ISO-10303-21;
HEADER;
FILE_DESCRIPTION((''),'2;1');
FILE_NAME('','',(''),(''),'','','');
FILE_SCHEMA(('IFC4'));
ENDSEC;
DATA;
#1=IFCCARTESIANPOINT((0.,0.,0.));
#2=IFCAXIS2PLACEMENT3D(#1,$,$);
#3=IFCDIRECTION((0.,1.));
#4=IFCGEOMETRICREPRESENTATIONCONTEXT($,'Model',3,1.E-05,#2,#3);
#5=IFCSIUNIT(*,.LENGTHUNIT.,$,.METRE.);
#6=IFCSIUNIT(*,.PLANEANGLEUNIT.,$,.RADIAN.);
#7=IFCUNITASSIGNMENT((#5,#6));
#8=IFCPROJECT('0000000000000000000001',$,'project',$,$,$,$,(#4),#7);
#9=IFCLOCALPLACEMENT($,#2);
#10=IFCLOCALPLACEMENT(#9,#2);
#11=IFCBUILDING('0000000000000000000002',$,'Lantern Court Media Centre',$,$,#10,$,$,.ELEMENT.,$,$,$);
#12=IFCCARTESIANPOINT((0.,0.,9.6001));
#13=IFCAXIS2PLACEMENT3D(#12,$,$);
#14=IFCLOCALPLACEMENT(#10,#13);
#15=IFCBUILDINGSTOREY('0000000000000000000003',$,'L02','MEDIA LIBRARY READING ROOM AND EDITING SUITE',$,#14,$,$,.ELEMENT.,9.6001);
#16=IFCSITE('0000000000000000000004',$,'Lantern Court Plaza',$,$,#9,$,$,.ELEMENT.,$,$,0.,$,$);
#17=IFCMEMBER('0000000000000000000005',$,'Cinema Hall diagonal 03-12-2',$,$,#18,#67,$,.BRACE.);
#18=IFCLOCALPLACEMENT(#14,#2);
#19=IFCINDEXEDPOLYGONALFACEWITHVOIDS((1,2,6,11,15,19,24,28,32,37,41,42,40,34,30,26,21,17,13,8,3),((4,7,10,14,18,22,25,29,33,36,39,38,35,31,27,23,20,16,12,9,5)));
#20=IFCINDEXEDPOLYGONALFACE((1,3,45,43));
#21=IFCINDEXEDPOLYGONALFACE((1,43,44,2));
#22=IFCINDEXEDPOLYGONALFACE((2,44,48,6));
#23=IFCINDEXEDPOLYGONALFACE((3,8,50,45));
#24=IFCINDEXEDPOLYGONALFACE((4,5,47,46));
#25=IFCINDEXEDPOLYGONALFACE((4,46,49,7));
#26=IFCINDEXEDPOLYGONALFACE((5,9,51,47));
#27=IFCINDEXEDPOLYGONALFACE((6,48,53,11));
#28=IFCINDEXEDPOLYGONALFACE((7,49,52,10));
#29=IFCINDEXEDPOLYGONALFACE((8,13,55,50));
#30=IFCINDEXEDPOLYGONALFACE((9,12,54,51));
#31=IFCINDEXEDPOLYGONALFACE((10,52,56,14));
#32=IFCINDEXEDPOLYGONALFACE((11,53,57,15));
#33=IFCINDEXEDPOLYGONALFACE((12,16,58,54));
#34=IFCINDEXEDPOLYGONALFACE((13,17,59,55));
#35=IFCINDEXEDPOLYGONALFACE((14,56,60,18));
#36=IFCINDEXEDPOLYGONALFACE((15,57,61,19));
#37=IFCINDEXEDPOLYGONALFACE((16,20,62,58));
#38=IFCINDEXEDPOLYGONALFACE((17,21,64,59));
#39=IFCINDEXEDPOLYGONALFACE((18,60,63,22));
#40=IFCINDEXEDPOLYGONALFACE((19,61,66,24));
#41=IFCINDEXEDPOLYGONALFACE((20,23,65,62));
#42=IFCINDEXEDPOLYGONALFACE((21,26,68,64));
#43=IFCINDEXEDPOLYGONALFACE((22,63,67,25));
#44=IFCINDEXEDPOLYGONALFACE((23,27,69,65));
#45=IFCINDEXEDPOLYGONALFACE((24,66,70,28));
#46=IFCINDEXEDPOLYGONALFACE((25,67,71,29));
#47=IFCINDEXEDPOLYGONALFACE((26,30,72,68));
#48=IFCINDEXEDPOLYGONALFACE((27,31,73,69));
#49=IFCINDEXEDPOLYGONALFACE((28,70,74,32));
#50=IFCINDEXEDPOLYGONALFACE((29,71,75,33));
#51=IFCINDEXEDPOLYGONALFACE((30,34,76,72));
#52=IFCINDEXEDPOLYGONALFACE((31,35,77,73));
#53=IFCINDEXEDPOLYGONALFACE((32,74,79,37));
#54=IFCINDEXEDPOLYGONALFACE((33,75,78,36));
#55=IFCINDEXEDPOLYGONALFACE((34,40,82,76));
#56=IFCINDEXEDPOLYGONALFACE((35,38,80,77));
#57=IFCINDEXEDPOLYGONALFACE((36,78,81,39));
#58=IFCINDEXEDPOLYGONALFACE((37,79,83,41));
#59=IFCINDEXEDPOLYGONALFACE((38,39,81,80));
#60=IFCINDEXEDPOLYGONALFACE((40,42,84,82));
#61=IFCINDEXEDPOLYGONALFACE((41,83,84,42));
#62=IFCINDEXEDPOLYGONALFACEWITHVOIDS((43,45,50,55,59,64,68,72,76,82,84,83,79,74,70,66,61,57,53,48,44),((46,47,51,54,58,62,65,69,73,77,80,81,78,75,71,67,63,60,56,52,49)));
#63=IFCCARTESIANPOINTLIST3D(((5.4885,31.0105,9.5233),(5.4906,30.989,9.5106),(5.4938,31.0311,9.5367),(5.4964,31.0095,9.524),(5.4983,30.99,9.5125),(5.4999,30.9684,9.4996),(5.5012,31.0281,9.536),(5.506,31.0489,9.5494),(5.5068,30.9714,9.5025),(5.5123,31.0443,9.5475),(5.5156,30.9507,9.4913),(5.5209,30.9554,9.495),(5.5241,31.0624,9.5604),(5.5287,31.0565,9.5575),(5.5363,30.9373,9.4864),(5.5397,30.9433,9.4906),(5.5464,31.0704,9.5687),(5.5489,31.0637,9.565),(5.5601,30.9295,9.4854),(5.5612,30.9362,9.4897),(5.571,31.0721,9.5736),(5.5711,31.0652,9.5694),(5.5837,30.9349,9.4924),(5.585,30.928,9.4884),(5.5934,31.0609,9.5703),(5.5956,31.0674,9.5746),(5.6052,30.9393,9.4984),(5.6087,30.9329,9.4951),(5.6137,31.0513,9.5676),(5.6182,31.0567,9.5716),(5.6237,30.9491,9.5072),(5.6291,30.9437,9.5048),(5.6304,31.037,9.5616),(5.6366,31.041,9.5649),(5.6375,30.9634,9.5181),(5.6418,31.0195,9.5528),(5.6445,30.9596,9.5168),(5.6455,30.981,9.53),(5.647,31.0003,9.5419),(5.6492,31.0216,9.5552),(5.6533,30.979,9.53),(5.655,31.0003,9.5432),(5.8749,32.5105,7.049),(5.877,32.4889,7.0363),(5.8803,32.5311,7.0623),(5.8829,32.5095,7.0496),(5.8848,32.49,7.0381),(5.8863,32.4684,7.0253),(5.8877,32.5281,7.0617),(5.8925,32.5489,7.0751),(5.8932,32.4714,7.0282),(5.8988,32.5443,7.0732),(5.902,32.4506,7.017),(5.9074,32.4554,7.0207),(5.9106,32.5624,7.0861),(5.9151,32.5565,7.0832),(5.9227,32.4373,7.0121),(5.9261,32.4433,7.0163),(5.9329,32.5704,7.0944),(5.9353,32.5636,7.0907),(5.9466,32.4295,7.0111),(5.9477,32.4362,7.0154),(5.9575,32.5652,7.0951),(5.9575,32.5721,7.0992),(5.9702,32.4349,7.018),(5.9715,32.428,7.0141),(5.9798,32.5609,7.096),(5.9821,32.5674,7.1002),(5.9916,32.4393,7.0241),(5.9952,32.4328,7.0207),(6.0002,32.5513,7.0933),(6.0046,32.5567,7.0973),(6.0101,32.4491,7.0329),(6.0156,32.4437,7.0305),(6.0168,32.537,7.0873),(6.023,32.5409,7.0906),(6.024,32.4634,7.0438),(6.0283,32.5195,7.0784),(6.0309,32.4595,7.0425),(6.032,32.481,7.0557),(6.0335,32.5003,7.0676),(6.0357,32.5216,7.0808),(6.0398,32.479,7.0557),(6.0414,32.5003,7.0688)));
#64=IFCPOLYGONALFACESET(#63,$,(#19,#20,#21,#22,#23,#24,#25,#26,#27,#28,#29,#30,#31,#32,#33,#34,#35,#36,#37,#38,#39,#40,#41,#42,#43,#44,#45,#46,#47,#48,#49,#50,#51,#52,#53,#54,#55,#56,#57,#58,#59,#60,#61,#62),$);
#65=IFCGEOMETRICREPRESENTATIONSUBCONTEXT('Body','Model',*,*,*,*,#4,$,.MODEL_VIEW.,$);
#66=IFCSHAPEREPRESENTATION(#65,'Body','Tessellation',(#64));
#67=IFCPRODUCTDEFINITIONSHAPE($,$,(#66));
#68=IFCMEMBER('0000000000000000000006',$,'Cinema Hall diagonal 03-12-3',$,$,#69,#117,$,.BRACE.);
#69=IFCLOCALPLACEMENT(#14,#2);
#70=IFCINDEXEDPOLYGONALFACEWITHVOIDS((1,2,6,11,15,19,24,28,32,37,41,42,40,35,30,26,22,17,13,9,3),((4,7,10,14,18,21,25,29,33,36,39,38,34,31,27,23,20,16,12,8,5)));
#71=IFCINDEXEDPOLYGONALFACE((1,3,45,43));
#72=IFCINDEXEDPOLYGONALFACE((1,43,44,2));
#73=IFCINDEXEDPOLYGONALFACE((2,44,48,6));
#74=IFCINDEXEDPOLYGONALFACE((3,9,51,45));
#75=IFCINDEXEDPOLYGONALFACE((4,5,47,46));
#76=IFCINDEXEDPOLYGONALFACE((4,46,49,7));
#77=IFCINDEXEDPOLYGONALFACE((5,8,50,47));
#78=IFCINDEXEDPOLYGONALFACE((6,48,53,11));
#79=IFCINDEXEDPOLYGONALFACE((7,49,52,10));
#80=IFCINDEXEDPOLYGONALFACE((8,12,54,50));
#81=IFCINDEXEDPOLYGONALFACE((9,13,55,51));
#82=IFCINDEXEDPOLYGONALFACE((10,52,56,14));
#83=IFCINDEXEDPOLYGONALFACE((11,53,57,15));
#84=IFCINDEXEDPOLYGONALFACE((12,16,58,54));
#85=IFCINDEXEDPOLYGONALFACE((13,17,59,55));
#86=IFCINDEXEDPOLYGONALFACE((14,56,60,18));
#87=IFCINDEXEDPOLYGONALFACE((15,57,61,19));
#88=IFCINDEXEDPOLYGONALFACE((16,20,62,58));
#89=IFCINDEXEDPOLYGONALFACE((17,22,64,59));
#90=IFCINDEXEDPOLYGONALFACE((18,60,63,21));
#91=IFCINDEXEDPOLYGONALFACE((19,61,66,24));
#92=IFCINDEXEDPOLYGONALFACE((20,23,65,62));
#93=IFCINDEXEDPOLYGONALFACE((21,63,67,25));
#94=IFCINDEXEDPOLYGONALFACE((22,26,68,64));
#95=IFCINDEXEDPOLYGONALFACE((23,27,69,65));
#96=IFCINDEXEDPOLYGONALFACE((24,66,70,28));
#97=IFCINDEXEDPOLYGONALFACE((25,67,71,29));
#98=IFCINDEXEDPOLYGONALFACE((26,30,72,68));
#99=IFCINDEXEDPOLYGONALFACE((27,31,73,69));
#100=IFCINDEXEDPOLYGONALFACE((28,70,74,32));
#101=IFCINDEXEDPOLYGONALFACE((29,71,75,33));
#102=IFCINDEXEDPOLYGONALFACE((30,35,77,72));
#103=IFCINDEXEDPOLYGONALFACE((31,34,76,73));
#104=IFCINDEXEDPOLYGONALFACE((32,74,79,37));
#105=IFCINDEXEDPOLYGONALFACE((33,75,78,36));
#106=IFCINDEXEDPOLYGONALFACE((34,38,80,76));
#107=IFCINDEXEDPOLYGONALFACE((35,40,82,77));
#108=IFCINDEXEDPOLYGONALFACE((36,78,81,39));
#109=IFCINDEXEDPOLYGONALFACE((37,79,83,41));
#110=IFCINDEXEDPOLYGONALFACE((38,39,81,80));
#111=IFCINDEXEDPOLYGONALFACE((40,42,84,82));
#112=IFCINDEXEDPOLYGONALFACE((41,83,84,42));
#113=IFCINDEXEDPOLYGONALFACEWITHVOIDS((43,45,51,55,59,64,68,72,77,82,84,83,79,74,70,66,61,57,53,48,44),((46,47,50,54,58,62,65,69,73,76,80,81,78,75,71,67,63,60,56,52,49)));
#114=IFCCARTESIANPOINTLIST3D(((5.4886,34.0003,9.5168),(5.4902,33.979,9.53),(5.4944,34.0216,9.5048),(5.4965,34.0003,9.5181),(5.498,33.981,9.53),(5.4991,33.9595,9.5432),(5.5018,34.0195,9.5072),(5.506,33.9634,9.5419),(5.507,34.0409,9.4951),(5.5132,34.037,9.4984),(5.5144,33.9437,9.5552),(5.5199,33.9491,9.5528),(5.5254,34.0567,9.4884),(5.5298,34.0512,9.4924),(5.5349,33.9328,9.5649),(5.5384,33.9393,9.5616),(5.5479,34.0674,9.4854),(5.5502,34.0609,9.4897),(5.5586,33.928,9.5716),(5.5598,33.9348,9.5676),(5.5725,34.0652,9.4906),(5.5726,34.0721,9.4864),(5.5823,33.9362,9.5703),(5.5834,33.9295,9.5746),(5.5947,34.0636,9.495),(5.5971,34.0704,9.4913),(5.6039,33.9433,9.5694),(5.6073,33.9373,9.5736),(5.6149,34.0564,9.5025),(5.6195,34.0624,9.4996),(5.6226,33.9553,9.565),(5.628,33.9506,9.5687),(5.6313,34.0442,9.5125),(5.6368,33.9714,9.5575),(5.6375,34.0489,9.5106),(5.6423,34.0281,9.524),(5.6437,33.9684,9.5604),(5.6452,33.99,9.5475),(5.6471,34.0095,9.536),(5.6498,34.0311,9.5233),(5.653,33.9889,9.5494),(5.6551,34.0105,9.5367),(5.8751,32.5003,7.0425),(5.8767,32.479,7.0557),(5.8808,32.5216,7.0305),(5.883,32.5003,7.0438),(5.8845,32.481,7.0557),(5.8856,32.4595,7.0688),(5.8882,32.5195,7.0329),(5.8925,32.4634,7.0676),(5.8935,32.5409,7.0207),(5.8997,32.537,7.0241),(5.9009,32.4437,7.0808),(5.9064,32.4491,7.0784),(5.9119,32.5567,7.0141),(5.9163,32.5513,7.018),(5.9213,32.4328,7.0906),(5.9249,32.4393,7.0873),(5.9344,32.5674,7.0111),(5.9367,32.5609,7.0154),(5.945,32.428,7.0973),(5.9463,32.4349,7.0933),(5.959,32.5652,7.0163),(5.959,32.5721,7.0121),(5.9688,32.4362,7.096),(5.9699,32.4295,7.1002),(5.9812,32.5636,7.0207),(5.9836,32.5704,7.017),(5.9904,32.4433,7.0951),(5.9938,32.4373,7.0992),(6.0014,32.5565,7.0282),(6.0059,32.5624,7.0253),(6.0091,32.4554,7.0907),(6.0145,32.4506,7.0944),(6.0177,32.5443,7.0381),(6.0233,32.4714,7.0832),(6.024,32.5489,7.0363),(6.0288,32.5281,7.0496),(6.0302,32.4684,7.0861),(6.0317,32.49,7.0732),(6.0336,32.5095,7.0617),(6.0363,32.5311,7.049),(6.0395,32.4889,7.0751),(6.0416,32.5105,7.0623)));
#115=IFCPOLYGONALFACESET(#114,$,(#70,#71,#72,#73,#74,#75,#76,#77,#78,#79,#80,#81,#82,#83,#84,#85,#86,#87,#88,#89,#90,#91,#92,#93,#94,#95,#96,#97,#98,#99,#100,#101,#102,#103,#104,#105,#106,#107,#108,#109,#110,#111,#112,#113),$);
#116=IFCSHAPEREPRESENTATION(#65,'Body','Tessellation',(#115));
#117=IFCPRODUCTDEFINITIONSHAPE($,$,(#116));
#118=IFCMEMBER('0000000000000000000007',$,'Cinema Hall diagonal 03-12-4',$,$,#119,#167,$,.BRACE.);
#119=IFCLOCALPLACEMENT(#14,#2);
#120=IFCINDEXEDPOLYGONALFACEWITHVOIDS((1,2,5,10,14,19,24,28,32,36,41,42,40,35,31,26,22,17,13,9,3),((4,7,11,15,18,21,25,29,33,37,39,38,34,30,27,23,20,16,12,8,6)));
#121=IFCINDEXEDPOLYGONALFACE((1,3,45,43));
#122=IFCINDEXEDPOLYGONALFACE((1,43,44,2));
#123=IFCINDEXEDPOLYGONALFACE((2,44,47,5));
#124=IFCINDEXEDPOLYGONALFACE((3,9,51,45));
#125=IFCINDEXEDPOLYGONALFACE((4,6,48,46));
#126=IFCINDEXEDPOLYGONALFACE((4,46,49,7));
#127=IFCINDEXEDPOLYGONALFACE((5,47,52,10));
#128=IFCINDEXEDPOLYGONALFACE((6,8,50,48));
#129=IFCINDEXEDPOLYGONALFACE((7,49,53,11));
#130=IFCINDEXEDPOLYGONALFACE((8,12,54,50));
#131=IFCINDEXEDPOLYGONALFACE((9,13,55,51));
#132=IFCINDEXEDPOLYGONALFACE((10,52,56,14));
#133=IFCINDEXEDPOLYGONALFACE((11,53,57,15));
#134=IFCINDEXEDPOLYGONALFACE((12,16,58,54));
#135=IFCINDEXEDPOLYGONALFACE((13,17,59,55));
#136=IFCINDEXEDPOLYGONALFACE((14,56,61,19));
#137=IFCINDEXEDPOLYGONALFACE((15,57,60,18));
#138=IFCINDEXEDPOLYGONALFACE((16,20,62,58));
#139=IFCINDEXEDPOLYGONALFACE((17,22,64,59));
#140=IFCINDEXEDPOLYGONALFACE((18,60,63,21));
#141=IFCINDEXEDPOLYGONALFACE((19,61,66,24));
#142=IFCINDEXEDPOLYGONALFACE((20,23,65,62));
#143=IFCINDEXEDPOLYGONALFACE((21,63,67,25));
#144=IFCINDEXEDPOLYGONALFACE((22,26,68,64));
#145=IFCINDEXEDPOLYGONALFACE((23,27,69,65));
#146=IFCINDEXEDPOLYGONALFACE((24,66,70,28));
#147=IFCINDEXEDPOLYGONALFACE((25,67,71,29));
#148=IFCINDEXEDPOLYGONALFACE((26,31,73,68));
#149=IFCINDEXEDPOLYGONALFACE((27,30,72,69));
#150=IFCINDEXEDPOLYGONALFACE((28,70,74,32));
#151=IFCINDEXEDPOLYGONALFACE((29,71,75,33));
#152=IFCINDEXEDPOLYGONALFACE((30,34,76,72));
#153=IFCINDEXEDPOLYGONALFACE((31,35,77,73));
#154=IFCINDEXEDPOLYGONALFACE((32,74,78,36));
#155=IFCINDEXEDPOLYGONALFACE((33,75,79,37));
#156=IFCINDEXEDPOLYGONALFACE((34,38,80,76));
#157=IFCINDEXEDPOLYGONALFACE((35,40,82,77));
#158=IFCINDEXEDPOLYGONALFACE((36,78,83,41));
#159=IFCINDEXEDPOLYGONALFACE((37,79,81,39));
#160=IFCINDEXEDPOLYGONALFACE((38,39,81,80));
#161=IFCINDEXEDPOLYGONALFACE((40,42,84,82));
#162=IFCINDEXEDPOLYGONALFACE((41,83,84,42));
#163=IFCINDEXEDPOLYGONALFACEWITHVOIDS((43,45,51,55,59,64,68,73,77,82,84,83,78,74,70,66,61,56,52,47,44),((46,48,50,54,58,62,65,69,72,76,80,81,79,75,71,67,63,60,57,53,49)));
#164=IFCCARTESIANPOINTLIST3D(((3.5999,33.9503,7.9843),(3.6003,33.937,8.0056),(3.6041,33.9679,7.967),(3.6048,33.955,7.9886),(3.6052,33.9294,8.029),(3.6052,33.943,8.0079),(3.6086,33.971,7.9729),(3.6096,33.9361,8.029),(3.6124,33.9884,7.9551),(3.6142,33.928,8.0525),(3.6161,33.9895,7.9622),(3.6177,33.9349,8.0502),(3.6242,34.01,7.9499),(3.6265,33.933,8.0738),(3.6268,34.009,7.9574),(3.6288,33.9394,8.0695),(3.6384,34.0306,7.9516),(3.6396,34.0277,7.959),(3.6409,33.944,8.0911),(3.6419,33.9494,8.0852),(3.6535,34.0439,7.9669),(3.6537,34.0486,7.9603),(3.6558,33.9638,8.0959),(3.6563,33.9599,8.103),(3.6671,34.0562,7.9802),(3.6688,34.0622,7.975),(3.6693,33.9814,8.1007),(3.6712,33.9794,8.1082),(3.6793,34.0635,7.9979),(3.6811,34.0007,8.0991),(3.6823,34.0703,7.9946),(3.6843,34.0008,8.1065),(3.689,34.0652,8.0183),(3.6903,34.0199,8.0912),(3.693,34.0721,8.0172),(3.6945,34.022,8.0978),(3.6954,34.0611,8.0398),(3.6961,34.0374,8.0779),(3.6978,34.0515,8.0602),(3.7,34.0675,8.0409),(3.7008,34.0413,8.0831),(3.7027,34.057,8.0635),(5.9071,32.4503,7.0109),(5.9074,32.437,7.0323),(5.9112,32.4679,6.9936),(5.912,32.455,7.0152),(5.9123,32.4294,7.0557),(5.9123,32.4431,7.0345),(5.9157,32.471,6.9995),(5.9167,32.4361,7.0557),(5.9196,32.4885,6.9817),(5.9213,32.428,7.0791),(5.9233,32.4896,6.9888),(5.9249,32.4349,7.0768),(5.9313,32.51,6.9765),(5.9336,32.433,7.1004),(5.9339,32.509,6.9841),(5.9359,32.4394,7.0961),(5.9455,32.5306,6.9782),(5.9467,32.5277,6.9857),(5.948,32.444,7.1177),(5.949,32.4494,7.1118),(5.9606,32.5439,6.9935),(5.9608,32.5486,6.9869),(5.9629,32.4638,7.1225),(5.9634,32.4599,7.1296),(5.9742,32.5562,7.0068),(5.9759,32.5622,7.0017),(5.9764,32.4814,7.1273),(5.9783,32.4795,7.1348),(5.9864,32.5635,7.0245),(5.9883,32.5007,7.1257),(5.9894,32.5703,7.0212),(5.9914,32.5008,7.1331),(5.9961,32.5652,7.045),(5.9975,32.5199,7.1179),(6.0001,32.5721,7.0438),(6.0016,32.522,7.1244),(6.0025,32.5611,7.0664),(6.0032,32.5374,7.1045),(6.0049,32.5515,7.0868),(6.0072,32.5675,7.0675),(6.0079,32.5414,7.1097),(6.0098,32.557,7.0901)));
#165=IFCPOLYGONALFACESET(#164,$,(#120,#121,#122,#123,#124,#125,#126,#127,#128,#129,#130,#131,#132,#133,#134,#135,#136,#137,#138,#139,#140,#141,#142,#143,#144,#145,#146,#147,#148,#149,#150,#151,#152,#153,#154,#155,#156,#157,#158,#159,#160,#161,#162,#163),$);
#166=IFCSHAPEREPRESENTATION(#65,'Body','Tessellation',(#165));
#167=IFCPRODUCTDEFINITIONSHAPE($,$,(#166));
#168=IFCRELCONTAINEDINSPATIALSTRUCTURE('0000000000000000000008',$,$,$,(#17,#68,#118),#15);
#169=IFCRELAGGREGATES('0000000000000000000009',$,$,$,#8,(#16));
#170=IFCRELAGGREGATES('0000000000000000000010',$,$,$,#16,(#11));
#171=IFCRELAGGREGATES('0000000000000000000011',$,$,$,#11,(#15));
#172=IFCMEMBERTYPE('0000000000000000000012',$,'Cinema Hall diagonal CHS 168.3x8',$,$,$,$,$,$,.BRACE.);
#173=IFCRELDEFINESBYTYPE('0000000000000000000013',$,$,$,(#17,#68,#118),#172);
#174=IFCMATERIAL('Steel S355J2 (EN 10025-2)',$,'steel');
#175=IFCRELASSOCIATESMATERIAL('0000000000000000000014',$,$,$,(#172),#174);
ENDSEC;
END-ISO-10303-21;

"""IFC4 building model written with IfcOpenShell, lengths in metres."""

from ifc_helpers import new_model, si_unit, direction, frame, origin, origin_2d, place, context, subcontext, project, spatial, hollow_circle, extrude, material, material_profile, profile_set, type_object, element, save


model = new_model("IFC4")

# Units and contexts
model_context = context("Model", 3, precision=1e-05, world=origin(), true_north=direction((0.0, 1.0)))
body_context = subcontext(model_context, "Body", "Model", "MODEL_VIEW")
ifc_project = project(units=[si_unit("LENGTHUNIT", "METRE"), si_unit("PLANEANGLEUNIT", "RADIAN")], contexts=[model_context])

# Site, building, storey
site_placement = place(None, origin())
site = spatial("IfcSite", under=ifc_project, at=site_placement, Name="Lantern Court Plaza", CompositionType="ELEMENT", RefElevation=0.0)
building_placement = place(site_placement, origin())
building = spatial("IfcBuilding", under=site, at=building_placement, Name="Lantern Court Media Centre", CompositionType="ELEMENT")
storey_placement = place(building_placement, frame((0.0, 0.0, 9.6001)))
storey = spatial("IfcBuildingStorey", under=building, at=storey_placement, Name="L02", Description="MEDIA LIBRARY READING ROOM AND EDITING SUITE", CompositionType="ELEMENT", Elevation=9.6001)

# Members
ifc_material = material(Name="Steel S355J2 (EN 10025-2)", Category="steel")
ifc_material_profile_1 = material_profile(ifc_material, hollow_circle(Radius=0.0842, WallThickness=0.0081, at=origin_2d()), Name="Cinema Hall diagonal CHS 168.3x8")
ifc_profile_set_1 = profile_set([ifc_material_profile_1], Name="Steel S355J2 (EN 10025-2)")
member_type_1 = type_object("IfcMemberType", Name="Cinema Hall diagonal CHS 168.3x8", PredefinedType="BRACE", material=ifc_profile_set_1)
for number, where, z_axis, x_axis, name in (
    (1, (5.9583, 32.5, 7.0557), (-0.13239, -0.513836, 0.847612), (0.968374, -0.249501, 0.0), "Cinema Hall diagonal 03-12-2"),
    (2, (5.9583, 32.5, 7.0557), (-0.13239, 0.513836, 0.847612), (-0.968374, -0.249501, 0.0), "Cinema Hall diagonal 03-12-3"),
):
    element("IfcMember", number, at=place(storey_placement, frame(where, z_axis=z_axis, x_axis=x_axis)), inside=storey, type_object=member_type_1, Name=name, PredefinedType="BRACE", context=body_context, shape_type="SweptSolid", body=[
        extrude(hollow_circle(Radius=0.0842, WallThickness=0.0081, at=origin_2d()), origin(), (0.0, 0.0, 1.0), 2.9192),
    ])
member_1_placement = place(storey_placement, frame((5.9583, 32.5, 7.0557), z_axis=(-0.790394, 0.513882, 0.333471), x_axis=(-0.545082, -0.838383, 0.0)))
element("IfcMember", 3, at=member_1_placement, inside=storey, type_object=member_type_1, Name="Cinema Hall diagonal 03-12-4", PredefinedType="BRACE", context=body_context, shape_type="SweptSolid", body=[
    extrude(hollow_circle(Radius=0.0842, WallThickness=0.0081, at=origin_2d()), origin(), (0.0, 0.0, 1.0), 2.9189),
])

save(model, "model.ifc")
